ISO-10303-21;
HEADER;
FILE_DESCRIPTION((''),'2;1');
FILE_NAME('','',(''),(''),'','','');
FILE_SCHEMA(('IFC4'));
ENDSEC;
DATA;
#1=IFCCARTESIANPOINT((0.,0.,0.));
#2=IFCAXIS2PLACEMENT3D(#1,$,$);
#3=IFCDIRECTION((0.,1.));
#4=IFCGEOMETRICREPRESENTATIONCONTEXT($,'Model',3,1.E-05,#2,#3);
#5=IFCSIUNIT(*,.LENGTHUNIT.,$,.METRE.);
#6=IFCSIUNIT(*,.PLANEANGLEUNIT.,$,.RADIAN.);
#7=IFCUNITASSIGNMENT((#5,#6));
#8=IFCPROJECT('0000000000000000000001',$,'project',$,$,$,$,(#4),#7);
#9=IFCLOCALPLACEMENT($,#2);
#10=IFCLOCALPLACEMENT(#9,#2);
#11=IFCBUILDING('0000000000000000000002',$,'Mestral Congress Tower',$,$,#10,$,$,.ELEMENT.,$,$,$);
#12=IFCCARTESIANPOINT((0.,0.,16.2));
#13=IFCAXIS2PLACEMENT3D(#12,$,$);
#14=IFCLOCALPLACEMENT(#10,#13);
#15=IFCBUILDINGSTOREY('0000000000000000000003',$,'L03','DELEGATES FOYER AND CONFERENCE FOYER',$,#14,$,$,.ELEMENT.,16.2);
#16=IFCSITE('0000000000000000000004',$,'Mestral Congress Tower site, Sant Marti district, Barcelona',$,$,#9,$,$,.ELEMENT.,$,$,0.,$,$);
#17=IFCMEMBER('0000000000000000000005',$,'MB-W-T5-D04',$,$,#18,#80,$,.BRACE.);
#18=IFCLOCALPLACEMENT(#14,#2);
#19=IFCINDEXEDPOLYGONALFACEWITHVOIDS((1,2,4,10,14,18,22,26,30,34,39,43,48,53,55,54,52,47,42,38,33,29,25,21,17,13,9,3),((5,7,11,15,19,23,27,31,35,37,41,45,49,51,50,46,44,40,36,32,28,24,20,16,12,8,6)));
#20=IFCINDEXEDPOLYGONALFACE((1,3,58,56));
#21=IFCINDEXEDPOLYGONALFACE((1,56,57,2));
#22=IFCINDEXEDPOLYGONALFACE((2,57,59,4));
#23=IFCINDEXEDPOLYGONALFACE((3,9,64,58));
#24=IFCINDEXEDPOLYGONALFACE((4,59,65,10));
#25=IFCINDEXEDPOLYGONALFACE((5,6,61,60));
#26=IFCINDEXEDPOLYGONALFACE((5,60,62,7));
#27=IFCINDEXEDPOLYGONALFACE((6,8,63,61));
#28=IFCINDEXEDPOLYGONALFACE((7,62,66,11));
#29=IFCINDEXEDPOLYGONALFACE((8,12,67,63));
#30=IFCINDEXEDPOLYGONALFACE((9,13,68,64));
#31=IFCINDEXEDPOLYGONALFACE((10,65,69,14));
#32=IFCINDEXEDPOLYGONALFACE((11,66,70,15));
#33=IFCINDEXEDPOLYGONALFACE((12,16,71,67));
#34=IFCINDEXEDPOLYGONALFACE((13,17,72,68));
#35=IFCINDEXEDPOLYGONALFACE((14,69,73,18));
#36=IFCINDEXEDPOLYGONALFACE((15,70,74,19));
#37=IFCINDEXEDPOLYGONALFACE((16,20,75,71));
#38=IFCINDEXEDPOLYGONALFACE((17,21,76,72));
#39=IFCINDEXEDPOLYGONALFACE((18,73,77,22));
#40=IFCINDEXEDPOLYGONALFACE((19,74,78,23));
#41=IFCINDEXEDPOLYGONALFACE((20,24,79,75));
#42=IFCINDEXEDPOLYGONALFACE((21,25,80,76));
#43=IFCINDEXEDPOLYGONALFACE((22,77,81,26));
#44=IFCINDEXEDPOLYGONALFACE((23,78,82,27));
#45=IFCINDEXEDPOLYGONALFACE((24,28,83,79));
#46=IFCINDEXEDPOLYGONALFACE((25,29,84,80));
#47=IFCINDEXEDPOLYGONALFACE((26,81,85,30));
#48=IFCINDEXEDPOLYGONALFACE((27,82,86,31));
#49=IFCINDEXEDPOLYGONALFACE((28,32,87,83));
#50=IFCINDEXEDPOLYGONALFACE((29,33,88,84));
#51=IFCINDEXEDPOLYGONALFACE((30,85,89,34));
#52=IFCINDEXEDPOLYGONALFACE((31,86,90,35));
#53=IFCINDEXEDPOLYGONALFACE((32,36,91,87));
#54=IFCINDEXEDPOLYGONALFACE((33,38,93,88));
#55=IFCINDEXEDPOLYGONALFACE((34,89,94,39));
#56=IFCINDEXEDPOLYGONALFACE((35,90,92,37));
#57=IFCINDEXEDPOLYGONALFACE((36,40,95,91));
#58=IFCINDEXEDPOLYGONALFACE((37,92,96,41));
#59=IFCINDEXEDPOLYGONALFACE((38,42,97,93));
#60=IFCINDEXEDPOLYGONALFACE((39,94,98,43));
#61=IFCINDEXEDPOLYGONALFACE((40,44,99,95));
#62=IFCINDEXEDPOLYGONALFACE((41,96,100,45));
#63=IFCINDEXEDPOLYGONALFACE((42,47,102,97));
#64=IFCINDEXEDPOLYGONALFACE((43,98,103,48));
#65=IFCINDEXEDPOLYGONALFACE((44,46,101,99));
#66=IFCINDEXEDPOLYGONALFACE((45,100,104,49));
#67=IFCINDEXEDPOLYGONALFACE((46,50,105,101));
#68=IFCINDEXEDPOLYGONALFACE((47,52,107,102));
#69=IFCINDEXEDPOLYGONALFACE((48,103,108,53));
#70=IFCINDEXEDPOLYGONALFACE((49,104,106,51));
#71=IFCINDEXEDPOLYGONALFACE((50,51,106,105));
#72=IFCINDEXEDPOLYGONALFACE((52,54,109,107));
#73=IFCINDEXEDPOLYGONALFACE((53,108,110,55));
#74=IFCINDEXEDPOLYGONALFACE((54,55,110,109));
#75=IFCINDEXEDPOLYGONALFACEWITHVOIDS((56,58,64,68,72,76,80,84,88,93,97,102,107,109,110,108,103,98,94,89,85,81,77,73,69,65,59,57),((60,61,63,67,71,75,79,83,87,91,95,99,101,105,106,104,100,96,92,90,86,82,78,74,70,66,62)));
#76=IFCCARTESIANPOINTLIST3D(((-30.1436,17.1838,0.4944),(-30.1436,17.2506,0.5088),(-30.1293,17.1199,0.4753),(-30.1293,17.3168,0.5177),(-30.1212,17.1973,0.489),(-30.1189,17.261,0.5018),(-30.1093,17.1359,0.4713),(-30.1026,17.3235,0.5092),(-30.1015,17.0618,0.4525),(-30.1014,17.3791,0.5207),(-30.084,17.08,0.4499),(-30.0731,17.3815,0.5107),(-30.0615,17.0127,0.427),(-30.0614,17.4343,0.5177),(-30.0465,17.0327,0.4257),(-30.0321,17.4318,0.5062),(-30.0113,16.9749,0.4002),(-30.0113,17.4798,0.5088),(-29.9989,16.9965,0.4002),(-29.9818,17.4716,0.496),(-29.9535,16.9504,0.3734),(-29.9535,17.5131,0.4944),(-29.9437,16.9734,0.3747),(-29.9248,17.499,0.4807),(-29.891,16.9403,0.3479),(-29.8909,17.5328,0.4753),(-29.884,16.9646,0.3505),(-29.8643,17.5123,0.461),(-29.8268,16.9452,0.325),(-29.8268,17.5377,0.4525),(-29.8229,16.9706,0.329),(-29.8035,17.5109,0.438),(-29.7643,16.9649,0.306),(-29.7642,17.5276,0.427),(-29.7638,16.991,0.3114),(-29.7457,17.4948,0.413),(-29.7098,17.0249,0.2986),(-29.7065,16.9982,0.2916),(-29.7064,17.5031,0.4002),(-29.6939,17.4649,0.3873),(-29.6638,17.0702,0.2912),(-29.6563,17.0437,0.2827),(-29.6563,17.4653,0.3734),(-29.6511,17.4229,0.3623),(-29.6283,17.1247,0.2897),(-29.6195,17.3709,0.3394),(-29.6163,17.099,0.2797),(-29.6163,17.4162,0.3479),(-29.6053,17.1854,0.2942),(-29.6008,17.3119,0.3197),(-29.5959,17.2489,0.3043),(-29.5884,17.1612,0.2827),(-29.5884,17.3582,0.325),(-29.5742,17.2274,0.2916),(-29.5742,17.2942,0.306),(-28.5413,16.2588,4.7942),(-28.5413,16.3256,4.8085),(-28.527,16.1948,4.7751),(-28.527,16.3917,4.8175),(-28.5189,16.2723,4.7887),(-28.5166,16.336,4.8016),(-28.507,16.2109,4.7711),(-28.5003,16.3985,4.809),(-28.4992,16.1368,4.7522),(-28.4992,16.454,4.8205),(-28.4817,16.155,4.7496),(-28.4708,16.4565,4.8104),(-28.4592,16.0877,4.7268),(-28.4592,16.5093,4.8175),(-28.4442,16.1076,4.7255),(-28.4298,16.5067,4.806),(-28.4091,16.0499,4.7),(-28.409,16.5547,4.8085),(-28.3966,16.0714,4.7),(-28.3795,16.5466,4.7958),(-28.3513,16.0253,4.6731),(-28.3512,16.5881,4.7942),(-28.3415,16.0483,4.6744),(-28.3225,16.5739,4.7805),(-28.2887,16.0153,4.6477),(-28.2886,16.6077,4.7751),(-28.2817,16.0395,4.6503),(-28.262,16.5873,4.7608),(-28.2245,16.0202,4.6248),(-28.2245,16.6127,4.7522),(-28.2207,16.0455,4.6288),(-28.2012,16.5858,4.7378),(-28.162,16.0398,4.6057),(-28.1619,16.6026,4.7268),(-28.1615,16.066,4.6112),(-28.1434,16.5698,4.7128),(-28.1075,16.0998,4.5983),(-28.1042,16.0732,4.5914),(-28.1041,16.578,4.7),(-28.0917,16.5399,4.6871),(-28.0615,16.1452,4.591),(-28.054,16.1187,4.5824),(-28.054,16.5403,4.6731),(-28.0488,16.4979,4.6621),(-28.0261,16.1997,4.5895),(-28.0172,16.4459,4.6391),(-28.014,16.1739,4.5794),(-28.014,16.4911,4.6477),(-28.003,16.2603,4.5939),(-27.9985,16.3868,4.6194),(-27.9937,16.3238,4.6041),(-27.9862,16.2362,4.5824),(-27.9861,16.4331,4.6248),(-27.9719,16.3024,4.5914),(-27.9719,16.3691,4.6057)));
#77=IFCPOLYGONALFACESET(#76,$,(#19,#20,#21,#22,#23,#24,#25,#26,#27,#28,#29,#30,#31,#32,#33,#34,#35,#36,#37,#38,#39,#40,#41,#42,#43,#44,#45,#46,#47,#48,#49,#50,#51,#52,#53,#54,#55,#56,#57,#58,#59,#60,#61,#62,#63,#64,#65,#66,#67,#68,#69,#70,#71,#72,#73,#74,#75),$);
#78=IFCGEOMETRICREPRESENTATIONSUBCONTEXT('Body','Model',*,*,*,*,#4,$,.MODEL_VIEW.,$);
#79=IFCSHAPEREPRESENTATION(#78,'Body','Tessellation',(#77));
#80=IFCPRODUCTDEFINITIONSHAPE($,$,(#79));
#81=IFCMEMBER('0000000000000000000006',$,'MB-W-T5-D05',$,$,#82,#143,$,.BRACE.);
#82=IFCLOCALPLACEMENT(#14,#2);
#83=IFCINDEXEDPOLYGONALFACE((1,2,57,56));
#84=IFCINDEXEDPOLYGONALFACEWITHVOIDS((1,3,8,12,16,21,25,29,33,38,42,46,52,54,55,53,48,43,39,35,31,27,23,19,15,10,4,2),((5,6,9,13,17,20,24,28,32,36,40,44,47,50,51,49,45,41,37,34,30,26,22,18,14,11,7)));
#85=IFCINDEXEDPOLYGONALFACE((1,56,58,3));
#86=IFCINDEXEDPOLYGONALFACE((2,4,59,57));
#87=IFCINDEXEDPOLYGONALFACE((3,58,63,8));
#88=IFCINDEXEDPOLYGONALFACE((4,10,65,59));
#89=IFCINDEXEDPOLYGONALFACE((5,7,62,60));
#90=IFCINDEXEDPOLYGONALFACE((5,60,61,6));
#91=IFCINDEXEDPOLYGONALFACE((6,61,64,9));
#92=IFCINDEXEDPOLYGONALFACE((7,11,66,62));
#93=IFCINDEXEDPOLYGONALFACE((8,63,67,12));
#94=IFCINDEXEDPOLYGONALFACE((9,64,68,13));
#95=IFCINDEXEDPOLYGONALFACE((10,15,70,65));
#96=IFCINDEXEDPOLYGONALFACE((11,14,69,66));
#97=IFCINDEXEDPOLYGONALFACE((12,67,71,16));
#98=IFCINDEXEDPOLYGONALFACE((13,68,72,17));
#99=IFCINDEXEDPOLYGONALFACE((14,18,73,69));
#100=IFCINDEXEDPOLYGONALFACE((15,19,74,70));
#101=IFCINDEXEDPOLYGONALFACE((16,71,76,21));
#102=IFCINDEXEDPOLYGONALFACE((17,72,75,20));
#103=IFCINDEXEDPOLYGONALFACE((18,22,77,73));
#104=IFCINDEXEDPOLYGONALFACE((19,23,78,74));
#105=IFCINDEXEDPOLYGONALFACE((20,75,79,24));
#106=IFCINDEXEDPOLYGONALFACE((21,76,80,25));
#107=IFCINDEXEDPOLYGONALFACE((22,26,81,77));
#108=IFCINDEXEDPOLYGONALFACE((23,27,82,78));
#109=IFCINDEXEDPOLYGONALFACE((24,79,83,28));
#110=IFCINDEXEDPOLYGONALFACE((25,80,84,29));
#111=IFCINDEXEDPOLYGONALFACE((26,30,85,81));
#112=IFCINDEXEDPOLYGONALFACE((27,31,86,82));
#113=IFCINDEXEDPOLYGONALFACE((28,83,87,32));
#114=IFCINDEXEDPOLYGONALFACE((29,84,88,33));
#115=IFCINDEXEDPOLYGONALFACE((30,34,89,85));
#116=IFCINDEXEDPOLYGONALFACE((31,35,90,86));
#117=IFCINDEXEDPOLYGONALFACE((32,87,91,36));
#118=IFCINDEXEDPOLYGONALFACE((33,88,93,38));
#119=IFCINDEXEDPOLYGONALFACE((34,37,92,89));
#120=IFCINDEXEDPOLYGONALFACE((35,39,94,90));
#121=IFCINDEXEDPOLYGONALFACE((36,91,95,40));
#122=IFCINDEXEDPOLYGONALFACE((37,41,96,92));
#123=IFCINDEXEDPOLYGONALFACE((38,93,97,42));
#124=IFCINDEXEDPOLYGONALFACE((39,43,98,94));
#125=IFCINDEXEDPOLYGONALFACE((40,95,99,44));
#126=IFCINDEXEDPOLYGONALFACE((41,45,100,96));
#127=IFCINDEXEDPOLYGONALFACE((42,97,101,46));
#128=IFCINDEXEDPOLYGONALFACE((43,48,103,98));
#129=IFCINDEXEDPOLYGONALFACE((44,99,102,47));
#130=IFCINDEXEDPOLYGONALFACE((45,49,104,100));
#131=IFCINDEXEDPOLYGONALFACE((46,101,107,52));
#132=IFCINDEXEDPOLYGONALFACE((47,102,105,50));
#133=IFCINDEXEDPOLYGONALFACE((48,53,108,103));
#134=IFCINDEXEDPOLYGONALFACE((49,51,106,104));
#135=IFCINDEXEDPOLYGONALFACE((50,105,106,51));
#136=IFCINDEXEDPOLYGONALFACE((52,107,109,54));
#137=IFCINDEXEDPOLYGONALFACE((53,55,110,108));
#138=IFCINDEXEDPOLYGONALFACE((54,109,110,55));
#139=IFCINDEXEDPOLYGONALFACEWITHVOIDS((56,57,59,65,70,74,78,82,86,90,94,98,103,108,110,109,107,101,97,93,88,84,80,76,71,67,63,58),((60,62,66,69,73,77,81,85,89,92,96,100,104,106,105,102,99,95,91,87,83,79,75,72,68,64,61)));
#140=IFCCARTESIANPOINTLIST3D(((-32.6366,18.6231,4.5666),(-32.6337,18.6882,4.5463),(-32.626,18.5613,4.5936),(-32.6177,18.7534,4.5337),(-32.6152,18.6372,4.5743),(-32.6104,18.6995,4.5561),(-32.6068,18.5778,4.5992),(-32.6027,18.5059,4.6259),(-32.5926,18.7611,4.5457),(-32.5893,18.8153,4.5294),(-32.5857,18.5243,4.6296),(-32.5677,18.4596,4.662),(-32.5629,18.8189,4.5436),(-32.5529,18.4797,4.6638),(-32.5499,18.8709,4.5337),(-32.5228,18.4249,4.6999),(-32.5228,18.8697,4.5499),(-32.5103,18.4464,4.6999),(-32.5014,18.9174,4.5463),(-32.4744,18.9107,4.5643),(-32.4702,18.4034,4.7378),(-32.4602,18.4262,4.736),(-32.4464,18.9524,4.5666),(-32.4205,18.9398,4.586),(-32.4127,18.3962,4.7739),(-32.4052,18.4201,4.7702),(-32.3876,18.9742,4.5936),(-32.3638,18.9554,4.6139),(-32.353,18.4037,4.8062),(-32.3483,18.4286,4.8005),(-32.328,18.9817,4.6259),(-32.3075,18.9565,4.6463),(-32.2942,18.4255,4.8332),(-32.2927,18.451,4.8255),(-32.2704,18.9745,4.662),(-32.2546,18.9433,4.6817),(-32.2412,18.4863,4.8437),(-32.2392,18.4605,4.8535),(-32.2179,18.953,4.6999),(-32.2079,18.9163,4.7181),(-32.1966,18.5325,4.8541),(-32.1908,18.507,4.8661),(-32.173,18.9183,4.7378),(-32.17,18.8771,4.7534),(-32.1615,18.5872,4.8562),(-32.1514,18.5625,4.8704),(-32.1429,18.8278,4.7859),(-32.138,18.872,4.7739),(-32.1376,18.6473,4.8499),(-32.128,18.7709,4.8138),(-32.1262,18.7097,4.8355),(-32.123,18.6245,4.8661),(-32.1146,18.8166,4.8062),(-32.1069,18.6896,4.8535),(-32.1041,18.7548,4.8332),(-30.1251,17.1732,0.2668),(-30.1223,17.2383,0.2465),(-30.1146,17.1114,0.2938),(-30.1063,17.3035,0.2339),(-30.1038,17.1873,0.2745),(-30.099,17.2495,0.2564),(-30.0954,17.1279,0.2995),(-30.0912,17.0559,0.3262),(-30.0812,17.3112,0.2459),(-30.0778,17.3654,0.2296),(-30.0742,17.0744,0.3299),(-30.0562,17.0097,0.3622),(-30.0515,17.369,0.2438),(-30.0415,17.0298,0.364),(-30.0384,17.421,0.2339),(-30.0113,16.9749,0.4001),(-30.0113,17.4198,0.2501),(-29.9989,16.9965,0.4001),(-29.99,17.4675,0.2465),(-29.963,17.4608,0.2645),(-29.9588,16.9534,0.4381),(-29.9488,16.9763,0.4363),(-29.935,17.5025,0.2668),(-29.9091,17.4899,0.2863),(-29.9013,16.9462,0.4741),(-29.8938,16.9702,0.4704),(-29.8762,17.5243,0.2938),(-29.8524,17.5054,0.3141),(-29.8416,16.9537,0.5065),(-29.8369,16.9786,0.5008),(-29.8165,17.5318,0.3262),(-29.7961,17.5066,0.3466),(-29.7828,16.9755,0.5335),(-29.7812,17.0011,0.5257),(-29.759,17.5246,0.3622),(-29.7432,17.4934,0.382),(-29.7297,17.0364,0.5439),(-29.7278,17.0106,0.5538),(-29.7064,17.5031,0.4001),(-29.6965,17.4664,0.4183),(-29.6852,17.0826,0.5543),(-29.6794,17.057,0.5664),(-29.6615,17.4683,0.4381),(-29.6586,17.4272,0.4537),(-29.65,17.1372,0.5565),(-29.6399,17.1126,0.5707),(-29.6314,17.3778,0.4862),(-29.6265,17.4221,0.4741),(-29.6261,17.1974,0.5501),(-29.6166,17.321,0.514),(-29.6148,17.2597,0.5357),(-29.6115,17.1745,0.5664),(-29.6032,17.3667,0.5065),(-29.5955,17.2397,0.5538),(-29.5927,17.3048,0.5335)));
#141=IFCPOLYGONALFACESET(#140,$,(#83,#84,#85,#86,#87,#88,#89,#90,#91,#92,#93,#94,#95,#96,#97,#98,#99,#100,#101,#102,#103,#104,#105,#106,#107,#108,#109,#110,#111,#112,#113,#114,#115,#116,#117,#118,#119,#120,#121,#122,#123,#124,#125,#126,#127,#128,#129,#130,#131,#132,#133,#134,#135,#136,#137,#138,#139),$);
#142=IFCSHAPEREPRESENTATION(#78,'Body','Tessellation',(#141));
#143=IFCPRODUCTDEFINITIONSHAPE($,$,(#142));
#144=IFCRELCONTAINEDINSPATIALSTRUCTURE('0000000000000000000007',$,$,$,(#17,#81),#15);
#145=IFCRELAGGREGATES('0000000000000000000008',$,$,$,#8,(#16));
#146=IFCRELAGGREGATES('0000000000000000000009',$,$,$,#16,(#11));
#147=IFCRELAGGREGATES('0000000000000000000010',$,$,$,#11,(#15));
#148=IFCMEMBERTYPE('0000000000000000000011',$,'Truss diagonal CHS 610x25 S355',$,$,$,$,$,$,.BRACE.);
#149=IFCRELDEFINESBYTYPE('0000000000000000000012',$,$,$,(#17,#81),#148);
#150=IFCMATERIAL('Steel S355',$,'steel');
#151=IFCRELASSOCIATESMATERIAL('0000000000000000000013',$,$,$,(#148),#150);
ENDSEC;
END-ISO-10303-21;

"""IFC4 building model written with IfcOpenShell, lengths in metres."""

from ifc_helpers import new_model, si_unit, direction, frame, origin, origin_2d, place, context, subcontext, project, spatial, hollow_circle, extrude, material, material_profile, profile_set, type_object, element, save


model = new_model("IFC4")

# Units and contexts
model_context = context("Model", 3, precision=1e-05, world=origin(), true_north=direction((0.0, 1.0)))
body_context = subcontext(model_context, "Body", "Model", "MODEL_VIEW")
ifc_project = project(units=[si_unit("LENGTHUNIT", "METRE"), si_unit("PLANEANGLEUNIT", "RADIAN")], contexts=[model_context])

# Site, building, storey
site_placement = place(None, origin())
site = spatial("IfcSite", under=ifc_project, at=site_placement, Name="Mestral Congress Tower site, Sant Marti district, Barcelona", CompositionType="ELEMENT", RefElevation=0.0)
building_placement = place(site_placement, origin())
building = spatial("IfcBuilding", under=site, at=building_placement, Name="Mestral Congress Tower", CompositionType="ELEMENT")
storey_placement = place(building_placement, frame((0.0, 0.0, 16.2)))
storey = spatial("IfcBuildingStorey", under=building, at=storey_placement, Name="L03", Description="DELEGATES FOYER AND CONFERENCE FOYER", CompositionType="ELEMENT", Elevation=16.2)

# Members
ifc_material_1 = material(Name="Steel S355", Category="steel")
ifc_material_profile_1 = material_profile(ifc_material_1, hollow_circle(Radius=0.3049, WallThickness=0.0249, at=origin_2d()), Name="CHS 610x25")
ifc_profile_set_1 = profile_set([ifc_material_profile_1], Name="Steel S355")
member_type_1 = type_object("IfcMemberType", Name="Truss diagonal CHS 610x25 S355", PredefinedType="BRACE", material=ifc_profile_set_1)
for number, where, z_axis, x_axis, name in (
    (1, (-28.2566, 16.314, 4.7), (-0.342301, 0.197619, -0.918573), (-0.499985, -0.866034, 0.0), "MB-W-T5-D04"),
):
    element("IfcMember", number, at=place(storey_placement, frame(where, z_axis=z_axis, x_axis=x_axis)), inside=storey, type_object=member_type_1, Name=name, PredefinedType="BRACE", context=body_context, shape_type="SweptSolid", body=[
        extrude(hollow_circle(Radius=0.3049, WallThickness=0.0249, at=origin_2d()), origin(), (0.0, 0.0, 1.0), 4.6809),
    ])
member_1_placement = place(storey_placement, frame((-29.8589, 17.239, 0.4001), z_axis=(-0.484247, 0.279571, 0.829062), x_axis=(-0.499987, -0.866033, 0.0)))
element("IfcMember", 2, at=member_1_placement, inside=storey, type_object=member_type_1, Name="MB-W-T5-D05", PredefinedType="BRACE", context=body_context, shape_type="SweptSolid", body=[
    extrude(hollow_circle(Radius=0.3049, WallThickness=0.0249, at=origin_2d()), origin(), (0.0, 0.0, 1.0), 5.1863),
])

save(model, "model.ifc")
